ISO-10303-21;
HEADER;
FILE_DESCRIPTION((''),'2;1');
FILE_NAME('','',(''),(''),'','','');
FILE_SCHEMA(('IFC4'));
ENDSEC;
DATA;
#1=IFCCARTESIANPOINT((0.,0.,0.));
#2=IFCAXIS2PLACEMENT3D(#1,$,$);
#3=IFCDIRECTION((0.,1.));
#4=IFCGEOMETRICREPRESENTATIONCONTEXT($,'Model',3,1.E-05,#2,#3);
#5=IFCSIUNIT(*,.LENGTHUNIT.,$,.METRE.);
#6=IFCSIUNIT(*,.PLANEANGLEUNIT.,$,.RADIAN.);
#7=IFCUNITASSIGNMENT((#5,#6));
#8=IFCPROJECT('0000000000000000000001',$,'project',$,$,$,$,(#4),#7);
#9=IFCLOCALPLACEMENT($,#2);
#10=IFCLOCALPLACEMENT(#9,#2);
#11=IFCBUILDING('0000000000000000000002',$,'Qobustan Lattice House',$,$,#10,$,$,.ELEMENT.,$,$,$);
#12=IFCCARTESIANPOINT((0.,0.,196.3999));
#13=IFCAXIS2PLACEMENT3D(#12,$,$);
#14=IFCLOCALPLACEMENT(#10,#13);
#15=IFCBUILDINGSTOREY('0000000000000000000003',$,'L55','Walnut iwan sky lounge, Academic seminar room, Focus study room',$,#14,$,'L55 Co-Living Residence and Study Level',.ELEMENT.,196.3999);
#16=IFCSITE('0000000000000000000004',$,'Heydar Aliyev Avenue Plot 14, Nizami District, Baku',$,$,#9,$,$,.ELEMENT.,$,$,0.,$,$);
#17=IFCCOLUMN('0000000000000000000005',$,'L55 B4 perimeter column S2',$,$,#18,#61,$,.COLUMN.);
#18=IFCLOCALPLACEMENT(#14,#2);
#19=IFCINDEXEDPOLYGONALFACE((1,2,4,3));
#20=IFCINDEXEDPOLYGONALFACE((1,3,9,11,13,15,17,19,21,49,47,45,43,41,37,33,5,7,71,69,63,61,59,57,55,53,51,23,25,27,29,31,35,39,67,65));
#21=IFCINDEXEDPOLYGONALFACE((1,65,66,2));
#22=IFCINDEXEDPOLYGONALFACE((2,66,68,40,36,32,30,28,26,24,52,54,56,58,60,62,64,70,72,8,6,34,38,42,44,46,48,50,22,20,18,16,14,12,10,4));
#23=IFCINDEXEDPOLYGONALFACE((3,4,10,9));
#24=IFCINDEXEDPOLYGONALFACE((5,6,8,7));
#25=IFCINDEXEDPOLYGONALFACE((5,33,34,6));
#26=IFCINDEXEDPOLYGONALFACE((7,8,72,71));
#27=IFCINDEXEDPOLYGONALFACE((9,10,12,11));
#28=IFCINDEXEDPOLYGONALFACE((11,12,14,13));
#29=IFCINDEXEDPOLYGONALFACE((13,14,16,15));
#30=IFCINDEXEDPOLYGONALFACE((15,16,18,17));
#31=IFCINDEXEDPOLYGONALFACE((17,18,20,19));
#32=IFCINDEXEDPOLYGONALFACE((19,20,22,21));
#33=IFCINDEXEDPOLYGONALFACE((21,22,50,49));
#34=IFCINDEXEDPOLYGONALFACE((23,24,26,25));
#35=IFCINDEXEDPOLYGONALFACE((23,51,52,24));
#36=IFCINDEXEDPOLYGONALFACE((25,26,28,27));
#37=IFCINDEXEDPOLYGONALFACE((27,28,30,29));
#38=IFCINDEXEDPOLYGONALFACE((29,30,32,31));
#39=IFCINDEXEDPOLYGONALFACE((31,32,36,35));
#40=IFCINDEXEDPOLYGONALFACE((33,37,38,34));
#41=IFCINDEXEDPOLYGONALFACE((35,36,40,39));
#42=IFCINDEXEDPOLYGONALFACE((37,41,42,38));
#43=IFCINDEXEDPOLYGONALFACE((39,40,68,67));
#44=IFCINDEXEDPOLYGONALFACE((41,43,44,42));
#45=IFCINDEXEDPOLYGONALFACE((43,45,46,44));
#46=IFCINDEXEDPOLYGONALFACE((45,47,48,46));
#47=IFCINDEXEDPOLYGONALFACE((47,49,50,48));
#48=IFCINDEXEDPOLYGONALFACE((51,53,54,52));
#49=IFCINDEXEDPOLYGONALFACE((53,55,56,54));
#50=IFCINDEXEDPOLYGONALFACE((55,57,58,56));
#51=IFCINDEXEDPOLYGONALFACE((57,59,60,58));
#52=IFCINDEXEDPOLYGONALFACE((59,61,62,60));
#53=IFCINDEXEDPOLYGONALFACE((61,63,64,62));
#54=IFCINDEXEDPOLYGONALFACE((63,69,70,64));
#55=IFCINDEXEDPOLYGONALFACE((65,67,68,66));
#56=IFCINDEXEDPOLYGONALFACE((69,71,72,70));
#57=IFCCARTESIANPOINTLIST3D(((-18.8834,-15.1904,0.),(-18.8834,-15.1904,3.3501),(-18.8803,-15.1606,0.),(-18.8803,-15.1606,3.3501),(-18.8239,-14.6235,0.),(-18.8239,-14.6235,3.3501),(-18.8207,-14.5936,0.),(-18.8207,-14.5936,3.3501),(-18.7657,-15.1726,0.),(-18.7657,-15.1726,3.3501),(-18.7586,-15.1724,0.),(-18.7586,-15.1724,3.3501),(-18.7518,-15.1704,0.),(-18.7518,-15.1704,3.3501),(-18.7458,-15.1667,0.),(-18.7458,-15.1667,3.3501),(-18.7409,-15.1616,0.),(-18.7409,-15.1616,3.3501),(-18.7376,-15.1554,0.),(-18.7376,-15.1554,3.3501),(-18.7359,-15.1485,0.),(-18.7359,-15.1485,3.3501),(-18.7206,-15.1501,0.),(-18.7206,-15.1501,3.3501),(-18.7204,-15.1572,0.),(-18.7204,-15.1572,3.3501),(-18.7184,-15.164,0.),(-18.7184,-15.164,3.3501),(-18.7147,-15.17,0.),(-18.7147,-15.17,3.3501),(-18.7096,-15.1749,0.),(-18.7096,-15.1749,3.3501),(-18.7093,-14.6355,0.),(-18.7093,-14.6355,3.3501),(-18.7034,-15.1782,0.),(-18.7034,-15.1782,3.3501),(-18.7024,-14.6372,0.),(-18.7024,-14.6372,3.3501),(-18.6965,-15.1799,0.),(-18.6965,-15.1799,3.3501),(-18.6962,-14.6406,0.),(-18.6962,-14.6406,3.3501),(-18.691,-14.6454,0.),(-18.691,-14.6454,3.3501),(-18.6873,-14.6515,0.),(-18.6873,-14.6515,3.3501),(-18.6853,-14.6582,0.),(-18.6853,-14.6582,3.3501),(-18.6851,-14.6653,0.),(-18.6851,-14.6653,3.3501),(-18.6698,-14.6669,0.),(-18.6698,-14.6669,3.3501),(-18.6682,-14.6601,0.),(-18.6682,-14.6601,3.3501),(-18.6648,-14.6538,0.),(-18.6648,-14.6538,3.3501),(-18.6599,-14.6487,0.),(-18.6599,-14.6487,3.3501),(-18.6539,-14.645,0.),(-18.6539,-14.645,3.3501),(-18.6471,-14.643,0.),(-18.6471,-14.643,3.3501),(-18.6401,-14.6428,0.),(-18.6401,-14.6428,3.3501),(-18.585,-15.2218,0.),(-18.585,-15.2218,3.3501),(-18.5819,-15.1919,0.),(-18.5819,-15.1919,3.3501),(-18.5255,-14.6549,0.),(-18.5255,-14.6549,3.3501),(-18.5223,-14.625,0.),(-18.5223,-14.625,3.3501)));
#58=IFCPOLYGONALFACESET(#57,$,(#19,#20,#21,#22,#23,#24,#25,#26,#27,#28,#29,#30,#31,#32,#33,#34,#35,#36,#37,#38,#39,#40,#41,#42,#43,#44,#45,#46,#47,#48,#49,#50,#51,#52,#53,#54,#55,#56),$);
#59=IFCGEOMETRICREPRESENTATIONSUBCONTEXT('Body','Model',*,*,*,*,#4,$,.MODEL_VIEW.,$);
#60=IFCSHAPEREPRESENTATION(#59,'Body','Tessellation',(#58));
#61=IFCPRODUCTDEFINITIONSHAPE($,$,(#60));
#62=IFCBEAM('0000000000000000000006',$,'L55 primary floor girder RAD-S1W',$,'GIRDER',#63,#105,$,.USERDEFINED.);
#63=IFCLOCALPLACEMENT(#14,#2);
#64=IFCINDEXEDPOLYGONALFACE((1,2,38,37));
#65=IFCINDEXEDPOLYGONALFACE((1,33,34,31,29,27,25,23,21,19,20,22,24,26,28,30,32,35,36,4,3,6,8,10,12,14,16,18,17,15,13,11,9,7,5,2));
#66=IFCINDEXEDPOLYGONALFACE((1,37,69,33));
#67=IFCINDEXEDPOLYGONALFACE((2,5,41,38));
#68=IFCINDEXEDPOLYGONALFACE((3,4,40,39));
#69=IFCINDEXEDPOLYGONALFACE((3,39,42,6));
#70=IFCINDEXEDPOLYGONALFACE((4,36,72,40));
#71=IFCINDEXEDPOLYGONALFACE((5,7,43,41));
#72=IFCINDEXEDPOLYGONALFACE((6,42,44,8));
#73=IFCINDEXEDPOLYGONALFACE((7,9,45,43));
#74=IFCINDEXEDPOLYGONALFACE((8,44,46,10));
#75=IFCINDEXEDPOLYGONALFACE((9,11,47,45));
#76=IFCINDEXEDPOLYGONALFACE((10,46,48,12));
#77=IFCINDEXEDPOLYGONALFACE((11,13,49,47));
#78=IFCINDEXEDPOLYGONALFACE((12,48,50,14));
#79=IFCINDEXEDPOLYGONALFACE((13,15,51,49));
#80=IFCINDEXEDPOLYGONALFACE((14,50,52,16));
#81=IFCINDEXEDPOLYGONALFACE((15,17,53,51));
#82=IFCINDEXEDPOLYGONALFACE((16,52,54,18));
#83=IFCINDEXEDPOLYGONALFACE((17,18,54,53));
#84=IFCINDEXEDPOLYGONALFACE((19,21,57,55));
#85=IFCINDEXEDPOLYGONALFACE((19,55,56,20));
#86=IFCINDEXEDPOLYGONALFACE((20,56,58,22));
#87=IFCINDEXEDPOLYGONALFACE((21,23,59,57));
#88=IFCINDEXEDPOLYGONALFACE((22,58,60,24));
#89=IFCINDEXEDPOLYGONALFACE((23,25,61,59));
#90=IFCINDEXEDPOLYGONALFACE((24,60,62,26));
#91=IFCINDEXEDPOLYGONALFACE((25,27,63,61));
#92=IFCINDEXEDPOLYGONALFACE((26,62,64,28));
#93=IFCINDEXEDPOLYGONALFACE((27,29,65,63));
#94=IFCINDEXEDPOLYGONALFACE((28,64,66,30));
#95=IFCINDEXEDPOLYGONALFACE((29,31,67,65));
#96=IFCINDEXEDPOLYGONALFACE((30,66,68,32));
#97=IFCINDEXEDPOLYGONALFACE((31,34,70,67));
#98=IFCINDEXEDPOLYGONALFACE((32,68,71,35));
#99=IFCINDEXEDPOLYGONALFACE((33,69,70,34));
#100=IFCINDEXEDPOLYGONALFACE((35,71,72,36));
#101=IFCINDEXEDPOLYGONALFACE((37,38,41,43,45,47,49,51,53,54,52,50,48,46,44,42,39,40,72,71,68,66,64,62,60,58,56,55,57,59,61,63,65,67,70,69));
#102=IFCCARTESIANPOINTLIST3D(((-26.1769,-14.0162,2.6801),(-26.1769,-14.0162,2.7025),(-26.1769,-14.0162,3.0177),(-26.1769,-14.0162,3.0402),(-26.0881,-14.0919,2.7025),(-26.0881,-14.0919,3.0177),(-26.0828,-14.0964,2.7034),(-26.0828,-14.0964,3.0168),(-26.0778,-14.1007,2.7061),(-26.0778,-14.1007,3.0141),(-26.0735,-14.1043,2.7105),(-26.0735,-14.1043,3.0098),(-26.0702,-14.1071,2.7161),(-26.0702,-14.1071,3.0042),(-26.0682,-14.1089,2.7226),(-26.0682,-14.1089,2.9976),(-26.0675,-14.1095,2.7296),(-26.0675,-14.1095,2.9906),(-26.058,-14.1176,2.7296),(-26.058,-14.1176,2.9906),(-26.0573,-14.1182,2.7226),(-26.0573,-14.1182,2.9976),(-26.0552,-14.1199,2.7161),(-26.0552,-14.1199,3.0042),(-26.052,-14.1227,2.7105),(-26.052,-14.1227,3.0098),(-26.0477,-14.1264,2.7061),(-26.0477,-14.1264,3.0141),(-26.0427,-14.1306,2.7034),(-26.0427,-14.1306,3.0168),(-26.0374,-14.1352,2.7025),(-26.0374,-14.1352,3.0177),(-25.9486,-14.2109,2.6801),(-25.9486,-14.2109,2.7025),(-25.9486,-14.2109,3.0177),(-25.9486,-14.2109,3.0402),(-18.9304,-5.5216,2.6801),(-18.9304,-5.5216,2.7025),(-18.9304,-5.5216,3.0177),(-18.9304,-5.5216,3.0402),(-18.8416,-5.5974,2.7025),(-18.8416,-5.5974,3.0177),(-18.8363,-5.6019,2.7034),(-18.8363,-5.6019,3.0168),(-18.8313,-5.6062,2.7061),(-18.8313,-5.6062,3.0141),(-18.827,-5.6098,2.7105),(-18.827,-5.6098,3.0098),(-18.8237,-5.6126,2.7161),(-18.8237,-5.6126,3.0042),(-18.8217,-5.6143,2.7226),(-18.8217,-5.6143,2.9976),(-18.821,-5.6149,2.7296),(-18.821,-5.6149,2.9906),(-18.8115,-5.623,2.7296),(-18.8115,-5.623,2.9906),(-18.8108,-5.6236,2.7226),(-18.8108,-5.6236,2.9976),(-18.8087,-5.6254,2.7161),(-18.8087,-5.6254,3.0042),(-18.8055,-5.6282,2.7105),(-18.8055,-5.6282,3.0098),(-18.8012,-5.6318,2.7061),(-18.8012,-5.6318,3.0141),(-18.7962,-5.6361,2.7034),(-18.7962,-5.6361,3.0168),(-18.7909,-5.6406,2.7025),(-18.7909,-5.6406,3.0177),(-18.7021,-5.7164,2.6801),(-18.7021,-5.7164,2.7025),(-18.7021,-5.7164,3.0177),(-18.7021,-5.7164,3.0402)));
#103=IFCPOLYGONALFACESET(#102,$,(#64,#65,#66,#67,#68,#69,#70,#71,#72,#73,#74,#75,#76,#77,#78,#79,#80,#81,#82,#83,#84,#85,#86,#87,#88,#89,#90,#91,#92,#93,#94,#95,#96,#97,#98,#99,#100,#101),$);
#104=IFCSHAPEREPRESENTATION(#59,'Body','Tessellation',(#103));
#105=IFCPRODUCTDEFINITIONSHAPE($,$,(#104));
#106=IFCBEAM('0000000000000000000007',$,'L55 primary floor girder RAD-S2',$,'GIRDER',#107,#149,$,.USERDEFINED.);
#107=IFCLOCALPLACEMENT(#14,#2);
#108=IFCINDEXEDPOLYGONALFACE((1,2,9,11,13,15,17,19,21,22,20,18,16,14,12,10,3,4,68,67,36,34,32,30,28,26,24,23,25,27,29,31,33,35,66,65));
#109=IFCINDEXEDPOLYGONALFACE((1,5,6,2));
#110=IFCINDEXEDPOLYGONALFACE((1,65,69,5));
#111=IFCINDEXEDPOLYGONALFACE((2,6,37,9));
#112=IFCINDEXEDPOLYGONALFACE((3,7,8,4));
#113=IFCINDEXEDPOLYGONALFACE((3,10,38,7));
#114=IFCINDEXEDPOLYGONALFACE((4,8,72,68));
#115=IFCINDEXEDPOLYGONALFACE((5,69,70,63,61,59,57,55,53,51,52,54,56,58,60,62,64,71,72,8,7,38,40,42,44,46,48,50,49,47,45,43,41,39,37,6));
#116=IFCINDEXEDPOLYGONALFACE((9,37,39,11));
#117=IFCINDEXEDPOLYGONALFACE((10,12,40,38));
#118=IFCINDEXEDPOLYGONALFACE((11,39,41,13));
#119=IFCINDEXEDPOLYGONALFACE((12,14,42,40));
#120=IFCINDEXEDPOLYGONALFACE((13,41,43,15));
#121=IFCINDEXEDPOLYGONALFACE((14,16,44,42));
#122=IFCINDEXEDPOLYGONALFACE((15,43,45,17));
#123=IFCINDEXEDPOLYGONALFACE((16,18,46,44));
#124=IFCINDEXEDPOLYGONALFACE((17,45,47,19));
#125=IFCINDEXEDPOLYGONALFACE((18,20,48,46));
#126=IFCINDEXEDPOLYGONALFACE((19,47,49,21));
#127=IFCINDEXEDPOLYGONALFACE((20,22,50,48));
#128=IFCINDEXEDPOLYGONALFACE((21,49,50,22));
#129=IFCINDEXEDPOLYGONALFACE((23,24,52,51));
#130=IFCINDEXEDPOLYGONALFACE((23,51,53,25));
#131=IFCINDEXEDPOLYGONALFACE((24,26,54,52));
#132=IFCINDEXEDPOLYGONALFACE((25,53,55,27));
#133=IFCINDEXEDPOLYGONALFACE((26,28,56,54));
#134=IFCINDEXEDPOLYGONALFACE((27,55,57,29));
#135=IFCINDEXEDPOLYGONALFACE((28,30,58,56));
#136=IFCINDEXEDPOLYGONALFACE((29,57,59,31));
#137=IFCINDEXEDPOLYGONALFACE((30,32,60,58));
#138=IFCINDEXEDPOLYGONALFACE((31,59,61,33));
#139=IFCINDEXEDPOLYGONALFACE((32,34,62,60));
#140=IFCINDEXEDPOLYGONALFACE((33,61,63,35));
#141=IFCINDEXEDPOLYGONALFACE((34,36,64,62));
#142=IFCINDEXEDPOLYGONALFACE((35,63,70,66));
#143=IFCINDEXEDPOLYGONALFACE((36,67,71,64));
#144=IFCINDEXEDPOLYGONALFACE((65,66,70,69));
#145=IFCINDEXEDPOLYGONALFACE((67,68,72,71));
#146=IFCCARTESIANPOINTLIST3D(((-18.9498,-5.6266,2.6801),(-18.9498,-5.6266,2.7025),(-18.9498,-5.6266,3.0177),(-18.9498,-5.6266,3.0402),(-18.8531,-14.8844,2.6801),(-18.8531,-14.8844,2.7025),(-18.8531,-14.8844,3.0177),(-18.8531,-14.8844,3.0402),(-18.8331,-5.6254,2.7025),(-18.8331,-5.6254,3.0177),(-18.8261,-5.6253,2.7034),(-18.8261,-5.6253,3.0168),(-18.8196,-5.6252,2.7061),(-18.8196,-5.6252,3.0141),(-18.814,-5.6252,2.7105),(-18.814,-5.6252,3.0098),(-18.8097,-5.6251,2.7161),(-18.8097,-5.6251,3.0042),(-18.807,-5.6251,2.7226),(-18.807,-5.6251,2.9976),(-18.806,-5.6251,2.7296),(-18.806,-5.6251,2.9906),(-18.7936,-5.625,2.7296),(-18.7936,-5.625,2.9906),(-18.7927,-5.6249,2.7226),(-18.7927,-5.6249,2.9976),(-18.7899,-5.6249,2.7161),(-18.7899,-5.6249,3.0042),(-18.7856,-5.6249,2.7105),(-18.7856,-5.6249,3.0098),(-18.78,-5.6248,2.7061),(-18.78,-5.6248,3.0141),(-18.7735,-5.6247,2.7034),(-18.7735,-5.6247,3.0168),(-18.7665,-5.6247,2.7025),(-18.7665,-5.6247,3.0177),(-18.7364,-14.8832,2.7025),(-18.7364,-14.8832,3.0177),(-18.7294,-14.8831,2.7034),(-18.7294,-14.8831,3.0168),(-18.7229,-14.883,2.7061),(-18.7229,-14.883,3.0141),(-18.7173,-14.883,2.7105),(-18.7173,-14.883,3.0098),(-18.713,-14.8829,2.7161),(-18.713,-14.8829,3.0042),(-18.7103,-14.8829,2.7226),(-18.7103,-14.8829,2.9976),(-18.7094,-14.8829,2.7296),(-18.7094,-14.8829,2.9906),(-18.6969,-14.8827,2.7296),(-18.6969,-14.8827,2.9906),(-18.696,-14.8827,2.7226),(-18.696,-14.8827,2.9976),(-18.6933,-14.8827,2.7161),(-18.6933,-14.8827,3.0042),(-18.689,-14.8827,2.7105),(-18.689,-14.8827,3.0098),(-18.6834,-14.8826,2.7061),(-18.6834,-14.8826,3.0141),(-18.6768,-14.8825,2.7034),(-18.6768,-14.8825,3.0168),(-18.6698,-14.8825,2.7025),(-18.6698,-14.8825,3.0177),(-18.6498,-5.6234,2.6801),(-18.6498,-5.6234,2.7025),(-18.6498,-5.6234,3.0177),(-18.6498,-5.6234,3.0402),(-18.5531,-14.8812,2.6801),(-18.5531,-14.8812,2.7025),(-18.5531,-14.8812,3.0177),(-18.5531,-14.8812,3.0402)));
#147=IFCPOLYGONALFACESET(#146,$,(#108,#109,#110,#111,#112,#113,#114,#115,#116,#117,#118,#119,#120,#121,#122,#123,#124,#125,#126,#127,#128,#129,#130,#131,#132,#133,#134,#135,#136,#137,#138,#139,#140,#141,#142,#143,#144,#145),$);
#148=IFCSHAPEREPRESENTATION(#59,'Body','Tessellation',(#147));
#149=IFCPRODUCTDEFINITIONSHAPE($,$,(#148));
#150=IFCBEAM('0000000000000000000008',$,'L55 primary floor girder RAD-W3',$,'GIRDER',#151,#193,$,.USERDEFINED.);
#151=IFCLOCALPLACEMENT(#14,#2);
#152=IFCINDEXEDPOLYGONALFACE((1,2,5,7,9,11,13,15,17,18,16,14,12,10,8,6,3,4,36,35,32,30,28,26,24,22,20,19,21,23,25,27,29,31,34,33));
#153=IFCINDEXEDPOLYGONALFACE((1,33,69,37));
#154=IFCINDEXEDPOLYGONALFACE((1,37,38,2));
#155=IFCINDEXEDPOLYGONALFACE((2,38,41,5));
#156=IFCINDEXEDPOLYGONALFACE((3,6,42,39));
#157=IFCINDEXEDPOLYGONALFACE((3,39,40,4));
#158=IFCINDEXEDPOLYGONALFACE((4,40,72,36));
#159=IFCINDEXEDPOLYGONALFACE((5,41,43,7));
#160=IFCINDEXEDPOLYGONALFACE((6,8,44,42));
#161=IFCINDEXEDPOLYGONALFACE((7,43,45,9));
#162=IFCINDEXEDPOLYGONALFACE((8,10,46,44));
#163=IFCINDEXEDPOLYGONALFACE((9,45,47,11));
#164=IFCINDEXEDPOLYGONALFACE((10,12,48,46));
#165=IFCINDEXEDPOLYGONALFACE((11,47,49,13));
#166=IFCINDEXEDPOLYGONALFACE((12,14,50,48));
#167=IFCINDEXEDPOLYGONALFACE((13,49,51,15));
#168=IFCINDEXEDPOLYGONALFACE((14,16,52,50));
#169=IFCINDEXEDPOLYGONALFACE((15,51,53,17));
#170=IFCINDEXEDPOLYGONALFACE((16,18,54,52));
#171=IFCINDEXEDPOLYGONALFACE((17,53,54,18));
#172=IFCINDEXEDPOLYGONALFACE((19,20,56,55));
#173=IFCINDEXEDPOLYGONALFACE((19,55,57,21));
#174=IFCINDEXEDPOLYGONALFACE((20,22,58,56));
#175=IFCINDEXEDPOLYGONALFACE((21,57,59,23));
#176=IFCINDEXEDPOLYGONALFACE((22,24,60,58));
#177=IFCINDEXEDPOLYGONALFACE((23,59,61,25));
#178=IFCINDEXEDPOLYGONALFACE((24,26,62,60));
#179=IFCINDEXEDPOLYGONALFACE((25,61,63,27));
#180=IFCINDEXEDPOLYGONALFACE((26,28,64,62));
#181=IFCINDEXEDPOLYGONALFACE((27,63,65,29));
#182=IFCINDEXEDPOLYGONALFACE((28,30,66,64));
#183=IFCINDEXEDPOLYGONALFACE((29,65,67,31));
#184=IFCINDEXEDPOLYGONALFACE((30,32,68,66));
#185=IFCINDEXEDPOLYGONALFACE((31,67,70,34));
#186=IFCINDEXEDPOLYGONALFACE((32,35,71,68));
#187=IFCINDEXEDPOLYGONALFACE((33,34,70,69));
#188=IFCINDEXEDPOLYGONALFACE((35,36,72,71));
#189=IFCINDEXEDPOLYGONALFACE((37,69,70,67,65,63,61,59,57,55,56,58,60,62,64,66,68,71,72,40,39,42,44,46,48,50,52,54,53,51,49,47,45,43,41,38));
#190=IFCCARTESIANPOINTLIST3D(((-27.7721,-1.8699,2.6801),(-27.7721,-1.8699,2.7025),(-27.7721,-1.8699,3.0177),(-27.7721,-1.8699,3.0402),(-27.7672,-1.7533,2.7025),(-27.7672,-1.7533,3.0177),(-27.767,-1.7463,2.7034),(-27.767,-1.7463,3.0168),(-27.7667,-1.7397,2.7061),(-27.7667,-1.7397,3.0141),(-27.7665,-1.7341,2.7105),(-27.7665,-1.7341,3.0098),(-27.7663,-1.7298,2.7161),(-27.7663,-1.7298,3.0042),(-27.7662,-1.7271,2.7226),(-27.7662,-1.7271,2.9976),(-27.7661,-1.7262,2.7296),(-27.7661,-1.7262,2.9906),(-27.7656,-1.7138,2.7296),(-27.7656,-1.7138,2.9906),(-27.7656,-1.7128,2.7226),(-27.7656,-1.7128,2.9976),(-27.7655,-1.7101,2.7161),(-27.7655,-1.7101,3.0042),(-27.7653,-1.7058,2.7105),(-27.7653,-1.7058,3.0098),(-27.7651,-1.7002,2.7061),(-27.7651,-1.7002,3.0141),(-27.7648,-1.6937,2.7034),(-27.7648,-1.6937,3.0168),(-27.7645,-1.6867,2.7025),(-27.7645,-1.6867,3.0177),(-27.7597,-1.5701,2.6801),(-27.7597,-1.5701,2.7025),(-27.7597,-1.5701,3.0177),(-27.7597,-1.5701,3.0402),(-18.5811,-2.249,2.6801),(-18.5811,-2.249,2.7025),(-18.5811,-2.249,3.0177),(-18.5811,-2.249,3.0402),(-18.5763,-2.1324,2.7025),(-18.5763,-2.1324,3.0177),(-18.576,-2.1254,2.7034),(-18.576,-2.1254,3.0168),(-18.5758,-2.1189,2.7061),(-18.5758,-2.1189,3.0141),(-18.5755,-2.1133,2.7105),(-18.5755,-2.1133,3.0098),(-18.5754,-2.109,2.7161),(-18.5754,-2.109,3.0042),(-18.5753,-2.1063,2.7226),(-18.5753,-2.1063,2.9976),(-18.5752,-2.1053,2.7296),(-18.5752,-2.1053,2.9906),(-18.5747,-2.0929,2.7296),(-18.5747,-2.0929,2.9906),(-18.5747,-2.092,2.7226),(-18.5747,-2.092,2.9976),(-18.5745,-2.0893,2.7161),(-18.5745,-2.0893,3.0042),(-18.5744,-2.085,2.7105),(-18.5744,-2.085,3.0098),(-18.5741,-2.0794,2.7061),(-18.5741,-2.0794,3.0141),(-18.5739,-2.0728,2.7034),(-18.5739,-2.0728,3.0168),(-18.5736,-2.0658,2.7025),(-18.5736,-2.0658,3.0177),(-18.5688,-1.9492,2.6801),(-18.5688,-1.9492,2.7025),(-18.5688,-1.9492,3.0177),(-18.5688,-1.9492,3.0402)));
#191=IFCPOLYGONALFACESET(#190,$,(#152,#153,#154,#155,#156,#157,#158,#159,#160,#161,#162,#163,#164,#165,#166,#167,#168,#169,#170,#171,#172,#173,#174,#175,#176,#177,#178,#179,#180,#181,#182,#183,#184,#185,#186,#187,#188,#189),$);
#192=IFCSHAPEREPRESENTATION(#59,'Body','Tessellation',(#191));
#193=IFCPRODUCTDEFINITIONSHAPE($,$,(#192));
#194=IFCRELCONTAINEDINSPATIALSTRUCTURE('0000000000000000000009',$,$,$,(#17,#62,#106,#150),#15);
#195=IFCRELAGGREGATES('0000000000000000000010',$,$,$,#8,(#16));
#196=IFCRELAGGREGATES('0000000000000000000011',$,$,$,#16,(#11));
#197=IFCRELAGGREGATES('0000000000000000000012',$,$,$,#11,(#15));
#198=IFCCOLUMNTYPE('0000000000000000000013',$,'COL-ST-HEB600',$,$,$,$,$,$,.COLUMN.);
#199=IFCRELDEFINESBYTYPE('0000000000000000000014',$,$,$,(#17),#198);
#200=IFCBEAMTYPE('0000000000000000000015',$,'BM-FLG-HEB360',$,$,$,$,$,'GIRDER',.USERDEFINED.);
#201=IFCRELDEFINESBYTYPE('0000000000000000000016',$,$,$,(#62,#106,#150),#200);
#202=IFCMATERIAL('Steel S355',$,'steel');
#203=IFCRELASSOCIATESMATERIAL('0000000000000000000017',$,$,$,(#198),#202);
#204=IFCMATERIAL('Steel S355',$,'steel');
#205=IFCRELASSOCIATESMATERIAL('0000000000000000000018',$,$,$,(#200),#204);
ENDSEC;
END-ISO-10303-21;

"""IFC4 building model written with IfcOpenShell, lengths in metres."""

from ifc_helpers import new_model, si_unit, direction, frame, origin, origin_2d, place, context, subcontext, project, spatial, i_section, extrude, material, material_profile, profile_set, type_object, element, save


model = new_model("IFC4")

# Units and contexts
model_context = context("Model", 3, precision=1e-05, world=origin(), true_north=direction((0.0, 1.0)))
body_context = subcontext(model_context, "Body", "Model", "MODEL_VIEW")
ifc_project = project(units=[si_unit("LENGTHUNIT", "METRE"), si_unit("PLANEANGLEUNIT", "RADIAN")], contexts=[model_context])

# Site, building, storey
site_placement = place(None, origin())
site = spatial("IfcSite", under=ifc_project, at=site_placement, Name="Heydar Aliyev Avenue Plot 14, Nizami District, Baku", CompositionType="ELEMENT", RefElevation=0.0)
building_placement = place(site_placement, origin())
building = spatial("IfcBuilding", under=site, at=building_placement, Name="Qobustan Lattice House", CompositionType="ELEMENT")
storey_placement = place(building_placement, frame((0.0, 0.0, 196.3999)))
storey = spatial("IfcBuildingStorey", under=building, at=storey_placement, Name="L55", Description="Walnut iwan sky lounge, Academic seminar room, Focus study room", LongName="L55 Co-Living Residence and Study Level", CompositionType="ELEMENT", Elevation=196.3999)

# Column
ifc_material_1 = material(Name="Steel S355", Category="steel")
ifc_material_profile_1 = material_profile(ifc_material_1, i_section(OverallWidth=0.3, OverallDepth=0.6001, WebThickness=0.0154, FlangeThickness=0.03, FilletRadius=0.0271, at=origin_2d()), Name="HEB600")
ifc_profile_set_1 = profile_set([ifc_material_profile_1], Name="Steel S355")
column_type_1 = type_object("IfcColumnType", Name="COL-ST-HEB600", PredefinedType="COLUMN", material=ifc_profile_set_1)
for number, where, z_axis, x_axis, name in (
    (1, (-18.7029, -14.9077, 0.0), (0.0, 0.0, 1.0), (0.994522, -0.104528, 0.0), "L55 B4 perimeter column S2"),
):
    element("IfcColumn", number, at=place(storey_placement, frame(where, z_axis=z_axis, x_axis=x_axis)), inside=storey, type_object=column_type_1, Name=name, PredefinedType="COLUMN", context=body_context, shape_type="SweptSolid", body=[
        extrude(i_section(OverallWidth=0.3, OverallDepth=0.6001, WebThickness=0.0154, FlangeThickness=0.03, FilletRadius=0.0271, at=origin_2d()), origin(), (0.0, 0.0, 1.0), 3.3501),
    ])

# Beams
ifc_material_2 = material(Name="Steel S355", Category="steel")
ifc_material_profile_2 = material_profile(ifc_material_2, i_section(OverallWidth=0.3, OverallDepth=0.3601, WebThickness=0.0125, FlangeThickness=0.0225, FilletRadius=0.0271, at=origin_2d()), Name="HEB360")
ifc_profile_set_2 = profile_set([ifc_material_profile_2], Name="Steel S355")
beam_type_1 = type_object("IfcBeamType", Name="BM-FLG-HEB360", ElementType="GIRDER", PredefinedType="USERDEFINED", material=ifc_profile_set_2)
beam_1_placement = place(storey_placement, frame((-26.0627, -14.1135, 2.8601), z_axis=(0.649007, 0.760783, 0.0), x_axis=(-0.760783, 0.649007, 0.0)))
element("IfcBeam", 2, at=beam_1_placement, inside=storey, type_object=beam_type_1, Name="L55 primary floor girder RAD-S1W", ObjectType="GIRDER", PredefinedType="USERDEFINED", context=body_context, shape_type="SweptSolid", body=[
    extrude(i_section(OverallWidth=0.3, OverallDepth=0.3601, WebThickness=0.0125, FlangeThickness=0.0225, FilletRadius=0.0271, at=origin_2d()), origin(), (0.0, 0.0, 1.0), 11.1655),
])
beam_2_placement = place(storey_placement, frame((-18.7031, -14.8828, 2.8601), z_axis=(-0.010442, 0.999945, 0.0), x_axis=(-0.999945, -0.010442, 0.0)))
element("IfcBeam", 3, at=beam_2_placement, inside=storey, type_object=beam_type_1, Name="L55 primary floor girder RAD-S2", ObjectType="GIRDER", PredefinedType="USERDEFINED", context=body_context, shape_type="SweptSolid", body=[
    extrude(i_section(OverallWidth=0.3, OverallDepth=0.3601, WebThickness=0.0125, FlangeThickness=0.0225, FilletRadius=0.0271, at=origin_2d()), origin(), (0.0, 0.0, 1.0), 9.2583),
])
beam_3_placement = place(storey_placement, frame((-27.7659, -1.72, 2.8601), z_axis=(0.99915, -0.041218, 0.0), x_axis=(0.041218, 0.99915, 0.0)))
element("IfcBeam", 4, at=beam_3_placement, inside=storey, type_object=beam_type_1, Name="L55 primary floor girder RAD-W3", ObjectType="GIRDER", PredefinedType="USERDEFINED", context=body_context, shape_type="SweptSolid", body=[
    extrude(i_section(OverallWidth=0.3, OverallDepth=0.3601, WebThickness=0.0125, FlangeThickness=0.0225, FilletRadius=0.0271, at=origin_2d()), origin(), (0.0, 0.0, 1.0), 9.1987),
])

save(model, "model.ifc")
